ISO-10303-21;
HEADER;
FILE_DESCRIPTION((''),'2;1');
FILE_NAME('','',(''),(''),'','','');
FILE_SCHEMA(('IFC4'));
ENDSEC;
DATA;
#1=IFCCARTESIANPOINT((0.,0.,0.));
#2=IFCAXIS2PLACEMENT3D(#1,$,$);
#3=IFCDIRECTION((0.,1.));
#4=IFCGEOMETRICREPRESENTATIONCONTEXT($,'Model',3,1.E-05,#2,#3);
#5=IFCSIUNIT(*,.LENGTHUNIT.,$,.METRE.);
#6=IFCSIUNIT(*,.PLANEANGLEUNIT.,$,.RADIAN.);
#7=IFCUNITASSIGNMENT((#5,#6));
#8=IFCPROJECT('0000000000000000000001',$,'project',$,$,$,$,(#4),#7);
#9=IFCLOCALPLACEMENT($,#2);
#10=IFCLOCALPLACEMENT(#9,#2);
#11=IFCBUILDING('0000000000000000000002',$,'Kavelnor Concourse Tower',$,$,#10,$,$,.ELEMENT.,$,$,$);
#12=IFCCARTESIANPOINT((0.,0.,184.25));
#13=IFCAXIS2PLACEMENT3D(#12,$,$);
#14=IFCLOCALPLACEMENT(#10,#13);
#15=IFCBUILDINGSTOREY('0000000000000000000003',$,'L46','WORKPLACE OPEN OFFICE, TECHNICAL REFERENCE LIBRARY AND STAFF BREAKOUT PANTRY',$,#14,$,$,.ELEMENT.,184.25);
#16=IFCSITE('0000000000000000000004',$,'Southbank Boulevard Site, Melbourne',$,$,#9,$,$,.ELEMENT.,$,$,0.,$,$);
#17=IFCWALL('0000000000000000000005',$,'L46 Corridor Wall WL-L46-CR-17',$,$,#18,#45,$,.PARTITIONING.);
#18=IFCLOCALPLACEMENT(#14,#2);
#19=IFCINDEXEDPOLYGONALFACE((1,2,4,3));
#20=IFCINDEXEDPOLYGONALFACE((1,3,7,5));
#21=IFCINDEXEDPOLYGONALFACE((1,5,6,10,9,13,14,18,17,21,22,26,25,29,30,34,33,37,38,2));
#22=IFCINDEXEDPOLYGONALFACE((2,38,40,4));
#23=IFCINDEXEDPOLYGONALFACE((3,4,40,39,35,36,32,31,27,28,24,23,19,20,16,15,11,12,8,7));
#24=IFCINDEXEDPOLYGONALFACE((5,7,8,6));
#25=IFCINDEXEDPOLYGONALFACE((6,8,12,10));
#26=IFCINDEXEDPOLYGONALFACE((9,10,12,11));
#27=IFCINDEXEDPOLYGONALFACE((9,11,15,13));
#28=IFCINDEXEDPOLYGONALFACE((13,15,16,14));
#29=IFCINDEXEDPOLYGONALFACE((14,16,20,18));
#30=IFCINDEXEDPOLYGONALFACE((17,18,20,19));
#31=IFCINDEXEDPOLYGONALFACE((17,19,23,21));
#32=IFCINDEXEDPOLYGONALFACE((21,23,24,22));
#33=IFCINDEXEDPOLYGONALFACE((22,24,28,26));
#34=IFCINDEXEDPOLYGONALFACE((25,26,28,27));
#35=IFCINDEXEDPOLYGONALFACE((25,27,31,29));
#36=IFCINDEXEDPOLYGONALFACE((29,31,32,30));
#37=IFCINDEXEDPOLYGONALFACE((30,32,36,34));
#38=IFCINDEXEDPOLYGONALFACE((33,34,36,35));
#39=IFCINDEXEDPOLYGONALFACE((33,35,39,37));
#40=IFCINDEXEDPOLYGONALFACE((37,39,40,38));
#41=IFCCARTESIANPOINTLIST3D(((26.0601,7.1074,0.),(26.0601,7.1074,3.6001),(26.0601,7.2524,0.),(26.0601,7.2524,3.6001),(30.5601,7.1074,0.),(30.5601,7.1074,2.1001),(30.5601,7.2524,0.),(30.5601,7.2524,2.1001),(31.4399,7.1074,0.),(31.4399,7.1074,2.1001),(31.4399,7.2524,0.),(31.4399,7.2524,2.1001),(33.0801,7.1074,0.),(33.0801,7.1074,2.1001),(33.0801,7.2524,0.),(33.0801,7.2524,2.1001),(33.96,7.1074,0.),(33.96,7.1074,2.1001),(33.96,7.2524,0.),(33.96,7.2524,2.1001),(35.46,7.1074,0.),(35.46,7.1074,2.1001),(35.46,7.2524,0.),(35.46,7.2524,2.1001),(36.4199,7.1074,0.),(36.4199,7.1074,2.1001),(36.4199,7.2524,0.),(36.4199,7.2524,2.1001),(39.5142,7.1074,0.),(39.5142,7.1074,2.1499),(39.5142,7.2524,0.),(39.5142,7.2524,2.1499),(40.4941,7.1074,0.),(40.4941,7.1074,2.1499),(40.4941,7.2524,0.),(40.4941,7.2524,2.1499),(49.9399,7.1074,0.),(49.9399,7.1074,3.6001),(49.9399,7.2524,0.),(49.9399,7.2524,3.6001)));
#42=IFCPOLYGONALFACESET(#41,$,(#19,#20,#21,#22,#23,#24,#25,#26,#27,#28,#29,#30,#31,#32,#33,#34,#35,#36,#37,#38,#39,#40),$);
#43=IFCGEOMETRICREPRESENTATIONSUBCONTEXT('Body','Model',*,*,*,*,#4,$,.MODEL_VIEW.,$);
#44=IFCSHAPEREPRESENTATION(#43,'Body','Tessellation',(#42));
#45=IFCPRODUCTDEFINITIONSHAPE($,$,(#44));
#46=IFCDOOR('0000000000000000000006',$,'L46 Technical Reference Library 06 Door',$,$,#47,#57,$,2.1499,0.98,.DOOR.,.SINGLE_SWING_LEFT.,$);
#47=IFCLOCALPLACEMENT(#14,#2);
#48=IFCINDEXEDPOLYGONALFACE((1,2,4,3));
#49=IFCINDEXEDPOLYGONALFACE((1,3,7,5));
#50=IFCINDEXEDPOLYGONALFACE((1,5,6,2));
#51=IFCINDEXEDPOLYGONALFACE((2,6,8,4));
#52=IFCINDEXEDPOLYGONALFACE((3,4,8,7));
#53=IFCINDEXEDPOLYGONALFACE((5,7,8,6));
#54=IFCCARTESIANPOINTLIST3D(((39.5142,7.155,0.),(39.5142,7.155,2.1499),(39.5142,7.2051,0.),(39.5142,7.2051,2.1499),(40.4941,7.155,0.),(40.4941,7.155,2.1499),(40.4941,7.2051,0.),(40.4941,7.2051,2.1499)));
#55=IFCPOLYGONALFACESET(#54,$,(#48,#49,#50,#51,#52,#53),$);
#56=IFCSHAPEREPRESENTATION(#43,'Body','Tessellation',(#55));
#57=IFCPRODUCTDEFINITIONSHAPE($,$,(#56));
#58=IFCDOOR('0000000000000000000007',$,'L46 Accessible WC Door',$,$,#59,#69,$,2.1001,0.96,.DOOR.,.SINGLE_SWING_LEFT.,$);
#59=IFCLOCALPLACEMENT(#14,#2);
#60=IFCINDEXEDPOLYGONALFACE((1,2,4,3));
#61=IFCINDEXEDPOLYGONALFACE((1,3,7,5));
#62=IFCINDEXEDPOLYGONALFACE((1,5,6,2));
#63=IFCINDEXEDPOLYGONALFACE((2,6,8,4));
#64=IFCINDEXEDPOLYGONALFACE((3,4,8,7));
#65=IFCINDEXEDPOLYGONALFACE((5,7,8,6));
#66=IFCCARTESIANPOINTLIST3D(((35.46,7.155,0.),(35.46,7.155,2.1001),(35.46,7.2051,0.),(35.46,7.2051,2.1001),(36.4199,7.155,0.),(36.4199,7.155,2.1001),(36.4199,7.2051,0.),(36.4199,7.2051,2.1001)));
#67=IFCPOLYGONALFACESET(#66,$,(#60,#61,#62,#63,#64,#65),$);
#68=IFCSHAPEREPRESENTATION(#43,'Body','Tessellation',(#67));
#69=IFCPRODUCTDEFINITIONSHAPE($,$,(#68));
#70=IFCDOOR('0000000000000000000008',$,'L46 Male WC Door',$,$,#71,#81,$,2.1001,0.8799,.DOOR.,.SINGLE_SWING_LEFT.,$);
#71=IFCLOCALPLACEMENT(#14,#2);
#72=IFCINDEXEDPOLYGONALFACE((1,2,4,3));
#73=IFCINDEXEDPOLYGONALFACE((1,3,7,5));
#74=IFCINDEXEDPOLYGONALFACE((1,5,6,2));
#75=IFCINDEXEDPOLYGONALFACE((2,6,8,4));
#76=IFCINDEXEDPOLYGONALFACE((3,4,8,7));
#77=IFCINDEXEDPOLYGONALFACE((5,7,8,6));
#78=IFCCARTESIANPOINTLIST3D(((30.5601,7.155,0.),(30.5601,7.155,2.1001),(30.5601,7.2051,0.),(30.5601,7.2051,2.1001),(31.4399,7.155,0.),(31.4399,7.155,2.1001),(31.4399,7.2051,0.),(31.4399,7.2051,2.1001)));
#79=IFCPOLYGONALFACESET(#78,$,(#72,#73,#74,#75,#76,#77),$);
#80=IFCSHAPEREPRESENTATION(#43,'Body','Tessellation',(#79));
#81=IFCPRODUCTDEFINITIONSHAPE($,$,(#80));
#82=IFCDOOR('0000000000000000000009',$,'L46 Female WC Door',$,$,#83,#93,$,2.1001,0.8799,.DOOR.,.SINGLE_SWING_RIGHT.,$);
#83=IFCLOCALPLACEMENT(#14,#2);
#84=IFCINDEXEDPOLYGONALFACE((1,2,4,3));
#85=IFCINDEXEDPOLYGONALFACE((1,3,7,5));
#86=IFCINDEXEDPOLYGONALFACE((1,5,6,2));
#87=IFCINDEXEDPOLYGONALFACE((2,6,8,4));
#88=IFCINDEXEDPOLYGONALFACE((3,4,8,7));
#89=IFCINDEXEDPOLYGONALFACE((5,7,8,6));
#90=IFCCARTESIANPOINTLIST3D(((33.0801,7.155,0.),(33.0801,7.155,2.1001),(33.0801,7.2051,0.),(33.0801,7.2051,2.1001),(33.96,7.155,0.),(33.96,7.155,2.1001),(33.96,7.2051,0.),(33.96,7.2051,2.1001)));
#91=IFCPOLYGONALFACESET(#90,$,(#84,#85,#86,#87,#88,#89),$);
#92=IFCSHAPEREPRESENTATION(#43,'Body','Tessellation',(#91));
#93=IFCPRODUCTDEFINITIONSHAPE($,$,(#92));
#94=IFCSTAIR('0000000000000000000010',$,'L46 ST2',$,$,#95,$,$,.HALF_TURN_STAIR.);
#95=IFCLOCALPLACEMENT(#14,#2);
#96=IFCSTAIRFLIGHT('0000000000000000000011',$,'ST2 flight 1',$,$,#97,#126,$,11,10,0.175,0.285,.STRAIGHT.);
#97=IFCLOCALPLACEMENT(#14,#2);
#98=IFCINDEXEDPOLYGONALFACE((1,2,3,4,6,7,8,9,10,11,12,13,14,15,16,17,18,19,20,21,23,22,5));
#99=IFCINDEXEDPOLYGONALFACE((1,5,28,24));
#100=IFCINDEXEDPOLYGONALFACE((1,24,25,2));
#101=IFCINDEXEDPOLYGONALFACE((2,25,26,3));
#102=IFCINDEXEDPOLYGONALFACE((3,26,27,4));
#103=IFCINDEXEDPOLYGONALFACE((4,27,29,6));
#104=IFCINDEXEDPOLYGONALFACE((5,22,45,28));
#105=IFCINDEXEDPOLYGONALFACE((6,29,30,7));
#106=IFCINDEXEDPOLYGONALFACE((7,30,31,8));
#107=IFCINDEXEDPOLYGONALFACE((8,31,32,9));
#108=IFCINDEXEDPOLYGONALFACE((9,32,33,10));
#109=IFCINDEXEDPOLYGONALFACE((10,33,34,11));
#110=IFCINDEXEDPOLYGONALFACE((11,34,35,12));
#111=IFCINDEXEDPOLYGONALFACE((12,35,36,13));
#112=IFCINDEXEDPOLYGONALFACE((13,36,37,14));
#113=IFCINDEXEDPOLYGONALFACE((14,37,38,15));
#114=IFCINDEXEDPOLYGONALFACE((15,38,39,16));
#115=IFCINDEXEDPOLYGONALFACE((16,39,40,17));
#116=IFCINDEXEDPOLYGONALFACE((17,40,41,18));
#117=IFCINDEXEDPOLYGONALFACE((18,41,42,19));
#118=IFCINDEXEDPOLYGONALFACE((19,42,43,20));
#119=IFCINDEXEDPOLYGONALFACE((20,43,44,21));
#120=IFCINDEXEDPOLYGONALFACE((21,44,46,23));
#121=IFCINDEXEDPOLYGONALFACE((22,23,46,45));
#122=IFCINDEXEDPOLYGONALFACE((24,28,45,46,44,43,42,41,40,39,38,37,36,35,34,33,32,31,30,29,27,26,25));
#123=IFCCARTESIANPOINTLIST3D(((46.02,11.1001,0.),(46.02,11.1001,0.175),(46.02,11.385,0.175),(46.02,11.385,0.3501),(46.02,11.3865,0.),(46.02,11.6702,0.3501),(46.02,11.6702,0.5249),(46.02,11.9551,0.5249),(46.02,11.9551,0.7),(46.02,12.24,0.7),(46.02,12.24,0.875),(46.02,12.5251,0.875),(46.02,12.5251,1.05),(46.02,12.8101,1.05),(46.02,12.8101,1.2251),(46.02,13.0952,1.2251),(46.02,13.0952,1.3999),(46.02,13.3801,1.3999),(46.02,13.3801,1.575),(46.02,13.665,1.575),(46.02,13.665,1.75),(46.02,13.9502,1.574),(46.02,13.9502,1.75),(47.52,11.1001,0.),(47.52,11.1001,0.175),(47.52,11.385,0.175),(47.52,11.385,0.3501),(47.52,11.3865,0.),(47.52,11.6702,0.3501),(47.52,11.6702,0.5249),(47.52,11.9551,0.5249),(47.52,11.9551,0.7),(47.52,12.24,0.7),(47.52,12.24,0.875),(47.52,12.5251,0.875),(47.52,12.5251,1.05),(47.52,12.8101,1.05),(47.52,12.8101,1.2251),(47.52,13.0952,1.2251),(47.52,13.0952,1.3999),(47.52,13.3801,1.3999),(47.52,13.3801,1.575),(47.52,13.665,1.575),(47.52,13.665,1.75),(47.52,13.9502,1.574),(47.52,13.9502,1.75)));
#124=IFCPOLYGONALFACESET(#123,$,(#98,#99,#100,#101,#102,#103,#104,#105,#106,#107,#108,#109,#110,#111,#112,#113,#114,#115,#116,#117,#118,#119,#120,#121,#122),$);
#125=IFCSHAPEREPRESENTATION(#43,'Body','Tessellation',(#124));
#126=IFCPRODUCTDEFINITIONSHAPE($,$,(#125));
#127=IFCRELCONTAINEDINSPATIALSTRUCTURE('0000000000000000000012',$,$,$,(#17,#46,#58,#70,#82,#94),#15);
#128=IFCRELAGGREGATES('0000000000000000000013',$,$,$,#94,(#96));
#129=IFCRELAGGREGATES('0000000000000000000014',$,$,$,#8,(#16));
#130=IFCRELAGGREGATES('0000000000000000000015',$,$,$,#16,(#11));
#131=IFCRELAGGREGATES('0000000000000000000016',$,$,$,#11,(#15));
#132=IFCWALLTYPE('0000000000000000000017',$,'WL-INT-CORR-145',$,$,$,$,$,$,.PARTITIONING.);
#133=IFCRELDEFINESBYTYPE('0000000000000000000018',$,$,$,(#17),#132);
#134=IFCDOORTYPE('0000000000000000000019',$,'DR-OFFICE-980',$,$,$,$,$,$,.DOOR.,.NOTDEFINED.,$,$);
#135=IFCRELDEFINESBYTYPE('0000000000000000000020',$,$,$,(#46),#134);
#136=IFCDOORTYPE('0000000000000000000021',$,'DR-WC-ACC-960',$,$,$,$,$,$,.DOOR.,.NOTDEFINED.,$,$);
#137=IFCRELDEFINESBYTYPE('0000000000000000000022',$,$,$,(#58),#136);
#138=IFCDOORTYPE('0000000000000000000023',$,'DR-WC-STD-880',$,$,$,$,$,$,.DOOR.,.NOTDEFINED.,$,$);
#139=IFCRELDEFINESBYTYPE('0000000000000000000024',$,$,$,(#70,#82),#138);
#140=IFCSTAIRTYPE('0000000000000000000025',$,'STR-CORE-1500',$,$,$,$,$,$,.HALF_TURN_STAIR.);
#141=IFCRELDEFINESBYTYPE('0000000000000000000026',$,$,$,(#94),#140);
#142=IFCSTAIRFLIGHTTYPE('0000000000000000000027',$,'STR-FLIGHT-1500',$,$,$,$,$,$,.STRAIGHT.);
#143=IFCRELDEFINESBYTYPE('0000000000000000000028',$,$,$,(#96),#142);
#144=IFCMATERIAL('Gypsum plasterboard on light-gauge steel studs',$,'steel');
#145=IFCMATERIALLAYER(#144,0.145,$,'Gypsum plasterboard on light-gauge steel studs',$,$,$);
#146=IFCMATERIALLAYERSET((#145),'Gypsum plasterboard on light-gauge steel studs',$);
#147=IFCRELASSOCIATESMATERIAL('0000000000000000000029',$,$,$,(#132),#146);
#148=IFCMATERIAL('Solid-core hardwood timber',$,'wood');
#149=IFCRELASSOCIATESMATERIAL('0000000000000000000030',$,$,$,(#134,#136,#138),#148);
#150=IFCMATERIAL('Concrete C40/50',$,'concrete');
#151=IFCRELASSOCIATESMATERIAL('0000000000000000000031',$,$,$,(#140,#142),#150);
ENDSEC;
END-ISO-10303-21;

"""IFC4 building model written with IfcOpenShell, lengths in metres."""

from ifc_helpers import new_model, si_unit, direction, frame, frame_2d, origin, place, context, subcontext, project, spatial, polyline, rectangle, outline, extrude, material, layer, layer_set, type_object, element, fill, aggregate, save


model = new_model("IFC4")

# Units and contexts
model_context = context("Model", 3, precision=1e-05, world=origin(), true_north=direction((0.0, 1.0)))
body_context = subcontext(model_context, "Body", "Model", "MODEL_VIEW")
ifc_project = project(units=[si_unit("LENGTHUNIT", "METRE"), si_unit("PLANEANGLEUNIT", "RADIAN")], contexts=[model_context])

# Site, building, storey
site_placement = place(None, origin())
site = spatial("IfcSite", under=ifc_project, at=site_placement, Name="Southbank Boulevard Site, Melbourne", CompositionType="ELEMENT", RefElevation=0.0)
building_placement = place(site_placement, origin())
building = spatial("IfcBuilding", under=site, at=building_placement, Name="Kavelnor Concourse Tower", CompositionType="ELEMENT")
storey_placement = place(building_placement, frame((0.0, 0.0, 184.25)))
storey = spatial("IfcBuildingStorey", under=building, at=storey_placement, Name="L46", Description="WORKPLACE OPEN OFFICE, TECHNICAL REFERENCE LIBRARY AND STAFF BREAKOUT PANTRY", CompositionType="ELEMENT", Elevation=184.25)

# Shared definitions
ifc_material_1 = material(Name="Gypsum plasterboard on light-gauge steel studs", Category="steel")
ifc_layer_1 = layer(ifc_material_1, 0.145, Name="Gypsum plasterboard on light-gauge steel studs")
ifc_layer_set_1 = layer_set([ifc_layer_1], Name="Gypsum plasterboard on light-gauge steel studs")
wall_type_1 = type_object("IfcWallType", Name="WL-INT-CORR-145", PredefinedType="PARTITIONING", material=ifc_layer_set_1)

# Shared definitions
ifc_material_2 = material(Name="Solid-core hardwood timber", Category="wood")

# Wall, openings, doors
wall_1_placement = place(storey_placement, frame((49.9399, 7.1799, 0.0), z_axis=(0.0, 0.0, 1.0), x_axis=(-1.0, 0.0, 0.0)))
wall_1 = element("IfcWall", 1, at=wall_1_placement, inside=storey, type_object=wall_type_1, Name="L46 Corridor Wall WL-L46-CR-17", PredefinedType="PARTITIONING", context=body_context, shape_type="SweptSolid", body=[
    extrude(rectangle(XDim=23.8799, YDim=0.145, at=frame_2d((11.9399, 0.0))), origin(), (0.0, 0.0, 1.0), 3.6001),
])
opening_1_placement = place(wall_1_placement, frame((18.5, 0.0, 0.0)))
opening_1 = element("IfcOpeningElement", 2, at=opening_1_placement, cuts=wall_1, PredefinedType="OPENING", context=body_context, shape_type="SweptSolid", body=[
    extrude(rectangle(XDim=0.8799, YDim=2.1001, at=frame_2d((0.4399, 1.05))), frame((0.0, 0.0825, 0.0), z_axis=(0.0, -1.0, 0.0), x_axis=(1.0, 0.0, 0.0)), (0.0, 0.0, 1.0), 0.165),
])
opening_2_placement = place(wall_1_placement, frame((15.98, 0.0, 0.0)))
opening_2 = element("IfcOpeningElement", 3, at=opening_2_placement, cuts=wall_1, PredefinedType="OPENING", context=body_context, shape_type="SweptSolid", body=[
    extrude(rectangle(XDim=0.8799, YDim=2.1001, at=frame_2d((0.4399, 1.05))), frame((0.0, 0.0825, 0.0), z_axis=(0.0, -1.0, 0.0), x_axis=(1.0, 0.0, 0.0)), (0.0, 0.0, 1.0), 0.165),
])
opening_3_placement = place(wall_1_placement, frame((13.52, 0.0, 0.0)))
opening_3 = element("IfcOpeningElement", 4, at=opening_3_placement, cuts=wall_1, PredefinedType="OPENING", context=body_context, shape_type="SweptSolid", body=[
    extrude(rectangle(XDim=0.96, YDim=2.1001, at=frame_2d((0.48, 1.05))), frame((0.0, 0.0825, 0.0), z_axis=(0.0, -1.0, 0.0), x_axis=(1.0, 0.0, 0.0)), (0.0, 0.0, 1.0), 0.165),
])
opening_4_placement = place(wall_1_placement, frame((9.4458, 0.0, 0.0)))
opening_4 = element("IfcOpeningElement", 5, at=opening_4_placement, cuts=wall_1, PredefinedType="OPENING", context=body_context, shape_type="SweptSolid", body=[
    extrude(rectangle(XDim=0.98, YDim=2.1499, at=frame_2d((0.49, 1.075))), frame((0.0, 0.0825, 0.0), z_axis=(0.0, -1.0, 0.0), x_axis=(1.0, 0.0, 0.0)), (0.0, 0.0, 1.0), 0.165),
])
door_type_1 = type_object("IfcDoorType", Name="DR-OFFICE-980", OperationType="NOTDEFINED", PredefinedType="DOOR", material=ifc_material_2)
door_1_placement = place(opening_4_placement, origin())
door_1 = element("IfcDoor", 6, at=door_1_placement, inside=storey, type_object=door_type_1, Name="L46 Technical Reference Library 06 Door", OperationType="SINGLE_SWING_LEFT", OverallHeight=2.1499, OverallWidth=0.98, PredefinedType="DOOR", context=body_context, shape_type="SweptSolid", body=[
    extrude(rectangle(XDim=0.98, YDim=2.1499, at=frame_2d((0.49, 1.075))), frame((0.0, 0.0249, 0.0), z_axis=(0.0, -1.0, 0.0), x_axis=(1.0, 0.0, 0.0)), (0.0, 0.0, 1.0), 0.05),
])
fill(opening_4, door_1)
door_type_2 = type_object("IfcDoorType", Name="DR-WC-ACC-960", OperationType="NOTDEFINED", PredefinedType="DOOR", material=ifc_material_2)
door_2_placement = place(opening_3_placement, origin())
door_2 = element("IfcDoor", 7, at=door_2_placement, inside=storey, type_object=door_type_2, Name="L46 Accessible WC Door", OperationType="SINGLE_SWING_LEFT", OverallHeight=2.1001, OverallWidth=0.96, PredefinedType="DOOR", context=body_context, shape_type="SweptSolid", body=[
    extrude(rectangle(XDim=0.96, YDim=2.1001, at=frame_2d((0.48, 1.05))), frame((0.0, 0.0249, 0.0), z_axis=(0.0, -1.0, 0.0), x_axis=(1.0, 0.0, 0.0)), (0.0, 0.0, 1.0), 0.05),
])
fill(opening_3, door_2)
door_type_3 = type_object("IfcDoorType", Name="DR-WC-STD-880", OperationType="NOTDEFINED", PredefinedType="DOOR", material=ifc_material_2)
door_3_placement = place(opening_1_placement, origin())
door_3 = element("IfcDoor", 8, at=door_3_placement, inside=storey, type_object=door_type_3, Name="L46 Male WC Door", OperationType="SINGLE_SWING_LEFT", OverallHeight=2.1001, OverallWidth=0.8799, PredefinedType="DOOR", context=body_context, shape_type="SweptSolid", body=[
    extrude(rectangle(XDim=0.8799, YDim=2.1001, at=frame_2d((0.4399, 1.05))), frame((0.0, 0.0249, 0.0), z_axis=(0.0, -1.0, 0.0), x_axis=(1.0, 0.0, 0.0)), (0.0, 0.0, 1.0), 0.05),
])
fill(opening_1, door_3)
door_4_placement = place(opening_2_placement, origin())
door_4 = element("IfcDoor", 9, at=door_4_placement, inside=storey, type_object=door_type_3, Name="L46 Female WC Door", OperationType="SINGLE_SWING_RIGHT", OverallHeight=2.1001, OverallWidth=0.8799, PredefinedType="DOOR", context=body_context, shape_type="SweptSolid", body=[
    extrude(rectangle(XDim=0.8799, YDim=2.1001, at=frame_2d((0.4399, 1.05))), frame((0.0, 0.0249, 0.0), z_axis=(0.0, -1.0, 0.0), x_axis=(1.0, 0.0, 0.0)), (0.0, 0.0, 1.0), 0.05),
])
fill(opening_2, door_4)

# Stair, stair flight
ifc_material_3 = material(Name="Concrete C40/50", Category="concrete")
stair_type = type_object("IfcStairType", Name="STR-CORE-1500", PredefinedType="HALF_TURN_STAIR", material=ifc_material_3)
stair_placement = place(storey_placement, origin())
stair = element("IfcStair", 10, at=stair_placement, inside=storey, type_object=stair_type, Name="L46 ST2", PredefinedType="HALF_TURN_STAIR")
stair_flight_type = type_object("IfcStairFlightType", Name="STR-FLIGHT-1500", PredefinedType="STRAIGHT", material=ifc_material_3)
stair_flight_placement = place(storey_placement, frame((46.77, 11.1001, 0.0), z_axis=(0.0, 0.0, 1.0), x_axis=(0.0, 1.0, 0.0)))
stair_flight = element("IfcStairFlight", 11, at=stair_flight_placement, type_object=stair_flight_type, Name="ST2 flight 1", NumberOfRisers=11, NumberOfTreads=10, PredefinedType="STRAIGHT", RiserHeight=0.175, TreadLength=0.285, context=body_context, shape_type="SweptSolid", body=[
    extrude(outline(polyline([(0.0, 0.0), (0.0, 0.175), (0.2849, 0.175), (0.2849, 0.3501), (0.5701, 0.3501), (0.5701, 0.5249), (0.855, 0.5249), (0.855, 0.7), (1.1399, 0.7), (1.1399, 0.875), (1.425, 0.875), (1.425, 1.05), (1.71, 1.05), (1.71, 1.2251), (1.9951, 1.2251), (1.9951, 1.3999), (2.28, 1.3999), (2.28, 1.575), (2.5649, 1.575), (2.5649, 1.75), (2.8501, 1.75), (2.8501, 1.925), (2.8501, 1.574), (0.2864, 0.0), (0.0, 0.0)])), frame((0.0, 0.75, 0.0), z_axis=(0.0, -1.0, 0.0), x_axis=(1.0, 0.0, 0.0)), (0.0, 0.0, 1.0), 1.5),
])
aggregate(stair, [stair_flight])

save(model, "model.ifc")
